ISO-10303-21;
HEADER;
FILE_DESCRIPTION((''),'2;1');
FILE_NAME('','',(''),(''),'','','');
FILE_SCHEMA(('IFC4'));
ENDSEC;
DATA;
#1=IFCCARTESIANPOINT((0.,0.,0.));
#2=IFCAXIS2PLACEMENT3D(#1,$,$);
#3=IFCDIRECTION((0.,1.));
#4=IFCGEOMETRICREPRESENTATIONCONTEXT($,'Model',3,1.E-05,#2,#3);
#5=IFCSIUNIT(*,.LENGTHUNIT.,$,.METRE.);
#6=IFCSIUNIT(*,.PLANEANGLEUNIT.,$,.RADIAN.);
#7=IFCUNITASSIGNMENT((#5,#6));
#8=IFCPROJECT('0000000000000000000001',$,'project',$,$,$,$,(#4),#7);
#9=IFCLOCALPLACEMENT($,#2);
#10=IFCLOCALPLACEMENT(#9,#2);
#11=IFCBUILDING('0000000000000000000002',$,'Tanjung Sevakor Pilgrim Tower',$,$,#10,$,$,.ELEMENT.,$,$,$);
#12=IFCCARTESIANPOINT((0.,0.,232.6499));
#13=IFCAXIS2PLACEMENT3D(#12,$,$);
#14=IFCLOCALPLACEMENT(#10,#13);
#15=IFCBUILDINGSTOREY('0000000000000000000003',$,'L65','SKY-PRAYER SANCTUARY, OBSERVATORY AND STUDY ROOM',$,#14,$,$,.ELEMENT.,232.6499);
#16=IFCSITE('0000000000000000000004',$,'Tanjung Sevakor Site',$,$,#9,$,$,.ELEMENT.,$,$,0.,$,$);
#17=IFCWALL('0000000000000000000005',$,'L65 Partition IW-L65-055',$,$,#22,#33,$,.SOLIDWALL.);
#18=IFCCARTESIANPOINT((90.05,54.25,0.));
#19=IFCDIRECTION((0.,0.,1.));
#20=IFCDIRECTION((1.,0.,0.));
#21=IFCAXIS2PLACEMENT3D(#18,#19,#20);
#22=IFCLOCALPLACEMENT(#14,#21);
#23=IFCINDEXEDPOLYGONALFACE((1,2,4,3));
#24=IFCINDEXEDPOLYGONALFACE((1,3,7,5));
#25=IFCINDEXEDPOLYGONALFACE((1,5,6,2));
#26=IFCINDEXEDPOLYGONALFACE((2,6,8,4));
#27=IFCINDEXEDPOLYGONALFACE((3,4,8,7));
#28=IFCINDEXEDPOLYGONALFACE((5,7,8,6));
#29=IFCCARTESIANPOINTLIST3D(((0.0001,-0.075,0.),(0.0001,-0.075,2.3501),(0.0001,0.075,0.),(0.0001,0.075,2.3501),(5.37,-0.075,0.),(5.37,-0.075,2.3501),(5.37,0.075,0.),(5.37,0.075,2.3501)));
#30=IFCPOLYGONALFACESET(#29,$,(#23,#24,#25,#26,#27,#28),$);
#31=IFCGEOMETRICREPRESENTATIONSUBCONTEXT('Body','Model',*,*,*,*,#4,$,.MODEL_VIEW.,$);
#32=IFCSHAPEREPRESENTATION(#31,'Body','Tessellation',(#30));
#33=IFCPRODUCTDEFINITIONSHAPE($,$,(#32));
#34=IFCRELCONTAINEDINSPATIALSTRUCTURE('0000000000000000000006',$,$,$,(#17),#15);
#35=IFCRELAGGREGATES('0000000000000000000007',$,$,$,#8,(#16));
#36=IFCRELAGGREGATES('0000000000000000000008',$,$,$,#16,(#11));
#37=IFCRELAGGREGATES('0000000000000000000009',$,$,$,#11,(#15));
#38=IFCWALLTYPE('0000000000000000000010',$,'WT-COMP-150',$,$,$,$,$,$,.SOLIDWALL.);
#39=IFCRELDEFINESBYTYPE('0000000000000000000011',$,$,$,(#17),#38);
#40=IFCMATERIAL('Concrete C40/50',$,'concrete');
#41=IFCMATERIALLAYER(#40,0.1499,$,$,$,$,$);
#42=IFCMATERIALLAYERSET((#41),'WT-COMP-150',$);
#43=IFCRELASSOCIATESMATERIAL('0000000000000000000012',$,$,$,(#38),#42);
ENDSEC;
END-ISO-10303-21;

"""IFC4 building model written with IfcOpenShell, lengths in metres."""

from ifc_helpers import new_model, si_unit, direction, frame, frame_2d, origin, place, context, subcontext, project, spatial, rectangle, extrude, material, layer, layer_set, type_object, element, save


model = new_model("IFC4")

# Units and contexts
model_context = context("Model", 3, precision=1e-05, world=origin(), true_north=direction((0.0, 1.0)))
body_context = subcontext(model_context, "Body", "Model", "MODEL_VIEW")
ifc_project = project(units=[si_unit("LENGTHUNIT", "METRE"), si_unit("PLANEANGLEUNIT", "RADIAN")], contexts=[model_context])

# Site, building, storey
site_placement = place(None, origin())
site = spatial("IfcSite", under=ifc_project, at=site_placement, Name="Tanjung Sevakor Site", CompositionType="ELEMENT", RefElevation=0.0)
building_placement = place(site_placement, origin())
building = spatial("IfcBuilding", under=site, at=building_placement, Name="Tanjung Sevakor Pilgrim Tower", CompositionType="ELEMENT")
storey_placement = place(building_placement, frame((0.0, 0.0, 232.6499)))
storey = spatial("IfcBuildingStorey", under=building, at=storey_placement, Name="L65", Description="SKY-PRAYER SANCTUARY, OBSERVATORY AND STUDY ROOM", CompositionType="ELEMENT", Elevation=232.6499)

# Shared definitions
ifc_material_1 = material(Name="Concrete C40/50", Category="concrete")
ifc_layer_1 = layer(ifc_material_1, 0.1499)
ifc_layer_set_1 = layer_set([ifc_layer_1], Name="WT-COMP-150")
wall_type_1 = type_object("IfcWallType", Name="WT-COMP-150", PredefinedType="SOLIDWALL", material=ifc_layer_set_1)

# Wall
wall_1_placement = place(storey_placement, frame((90.05, 54.25, 0.0), z_axis=(0.0, 0.0, 1.0), x_axis=(1.0, 0.0, 0.0)))
element("IfcWall", 1, at=wall_1_placement, inside=storey, type_object=wall_type_1, Name="L65 Partition IW-L65-055", PredefinedType="SOLIDWALL", context=body_context, shape_type="SweptSolid", body=[
    extrude(rectangle(XDim=5.3699, YDim=0.1499, at=frame_2d((2.6851, 0.0))), origin(), (0.0, 0.0, 1.0), 2.3501),
])

save(model, "model.ifc")
